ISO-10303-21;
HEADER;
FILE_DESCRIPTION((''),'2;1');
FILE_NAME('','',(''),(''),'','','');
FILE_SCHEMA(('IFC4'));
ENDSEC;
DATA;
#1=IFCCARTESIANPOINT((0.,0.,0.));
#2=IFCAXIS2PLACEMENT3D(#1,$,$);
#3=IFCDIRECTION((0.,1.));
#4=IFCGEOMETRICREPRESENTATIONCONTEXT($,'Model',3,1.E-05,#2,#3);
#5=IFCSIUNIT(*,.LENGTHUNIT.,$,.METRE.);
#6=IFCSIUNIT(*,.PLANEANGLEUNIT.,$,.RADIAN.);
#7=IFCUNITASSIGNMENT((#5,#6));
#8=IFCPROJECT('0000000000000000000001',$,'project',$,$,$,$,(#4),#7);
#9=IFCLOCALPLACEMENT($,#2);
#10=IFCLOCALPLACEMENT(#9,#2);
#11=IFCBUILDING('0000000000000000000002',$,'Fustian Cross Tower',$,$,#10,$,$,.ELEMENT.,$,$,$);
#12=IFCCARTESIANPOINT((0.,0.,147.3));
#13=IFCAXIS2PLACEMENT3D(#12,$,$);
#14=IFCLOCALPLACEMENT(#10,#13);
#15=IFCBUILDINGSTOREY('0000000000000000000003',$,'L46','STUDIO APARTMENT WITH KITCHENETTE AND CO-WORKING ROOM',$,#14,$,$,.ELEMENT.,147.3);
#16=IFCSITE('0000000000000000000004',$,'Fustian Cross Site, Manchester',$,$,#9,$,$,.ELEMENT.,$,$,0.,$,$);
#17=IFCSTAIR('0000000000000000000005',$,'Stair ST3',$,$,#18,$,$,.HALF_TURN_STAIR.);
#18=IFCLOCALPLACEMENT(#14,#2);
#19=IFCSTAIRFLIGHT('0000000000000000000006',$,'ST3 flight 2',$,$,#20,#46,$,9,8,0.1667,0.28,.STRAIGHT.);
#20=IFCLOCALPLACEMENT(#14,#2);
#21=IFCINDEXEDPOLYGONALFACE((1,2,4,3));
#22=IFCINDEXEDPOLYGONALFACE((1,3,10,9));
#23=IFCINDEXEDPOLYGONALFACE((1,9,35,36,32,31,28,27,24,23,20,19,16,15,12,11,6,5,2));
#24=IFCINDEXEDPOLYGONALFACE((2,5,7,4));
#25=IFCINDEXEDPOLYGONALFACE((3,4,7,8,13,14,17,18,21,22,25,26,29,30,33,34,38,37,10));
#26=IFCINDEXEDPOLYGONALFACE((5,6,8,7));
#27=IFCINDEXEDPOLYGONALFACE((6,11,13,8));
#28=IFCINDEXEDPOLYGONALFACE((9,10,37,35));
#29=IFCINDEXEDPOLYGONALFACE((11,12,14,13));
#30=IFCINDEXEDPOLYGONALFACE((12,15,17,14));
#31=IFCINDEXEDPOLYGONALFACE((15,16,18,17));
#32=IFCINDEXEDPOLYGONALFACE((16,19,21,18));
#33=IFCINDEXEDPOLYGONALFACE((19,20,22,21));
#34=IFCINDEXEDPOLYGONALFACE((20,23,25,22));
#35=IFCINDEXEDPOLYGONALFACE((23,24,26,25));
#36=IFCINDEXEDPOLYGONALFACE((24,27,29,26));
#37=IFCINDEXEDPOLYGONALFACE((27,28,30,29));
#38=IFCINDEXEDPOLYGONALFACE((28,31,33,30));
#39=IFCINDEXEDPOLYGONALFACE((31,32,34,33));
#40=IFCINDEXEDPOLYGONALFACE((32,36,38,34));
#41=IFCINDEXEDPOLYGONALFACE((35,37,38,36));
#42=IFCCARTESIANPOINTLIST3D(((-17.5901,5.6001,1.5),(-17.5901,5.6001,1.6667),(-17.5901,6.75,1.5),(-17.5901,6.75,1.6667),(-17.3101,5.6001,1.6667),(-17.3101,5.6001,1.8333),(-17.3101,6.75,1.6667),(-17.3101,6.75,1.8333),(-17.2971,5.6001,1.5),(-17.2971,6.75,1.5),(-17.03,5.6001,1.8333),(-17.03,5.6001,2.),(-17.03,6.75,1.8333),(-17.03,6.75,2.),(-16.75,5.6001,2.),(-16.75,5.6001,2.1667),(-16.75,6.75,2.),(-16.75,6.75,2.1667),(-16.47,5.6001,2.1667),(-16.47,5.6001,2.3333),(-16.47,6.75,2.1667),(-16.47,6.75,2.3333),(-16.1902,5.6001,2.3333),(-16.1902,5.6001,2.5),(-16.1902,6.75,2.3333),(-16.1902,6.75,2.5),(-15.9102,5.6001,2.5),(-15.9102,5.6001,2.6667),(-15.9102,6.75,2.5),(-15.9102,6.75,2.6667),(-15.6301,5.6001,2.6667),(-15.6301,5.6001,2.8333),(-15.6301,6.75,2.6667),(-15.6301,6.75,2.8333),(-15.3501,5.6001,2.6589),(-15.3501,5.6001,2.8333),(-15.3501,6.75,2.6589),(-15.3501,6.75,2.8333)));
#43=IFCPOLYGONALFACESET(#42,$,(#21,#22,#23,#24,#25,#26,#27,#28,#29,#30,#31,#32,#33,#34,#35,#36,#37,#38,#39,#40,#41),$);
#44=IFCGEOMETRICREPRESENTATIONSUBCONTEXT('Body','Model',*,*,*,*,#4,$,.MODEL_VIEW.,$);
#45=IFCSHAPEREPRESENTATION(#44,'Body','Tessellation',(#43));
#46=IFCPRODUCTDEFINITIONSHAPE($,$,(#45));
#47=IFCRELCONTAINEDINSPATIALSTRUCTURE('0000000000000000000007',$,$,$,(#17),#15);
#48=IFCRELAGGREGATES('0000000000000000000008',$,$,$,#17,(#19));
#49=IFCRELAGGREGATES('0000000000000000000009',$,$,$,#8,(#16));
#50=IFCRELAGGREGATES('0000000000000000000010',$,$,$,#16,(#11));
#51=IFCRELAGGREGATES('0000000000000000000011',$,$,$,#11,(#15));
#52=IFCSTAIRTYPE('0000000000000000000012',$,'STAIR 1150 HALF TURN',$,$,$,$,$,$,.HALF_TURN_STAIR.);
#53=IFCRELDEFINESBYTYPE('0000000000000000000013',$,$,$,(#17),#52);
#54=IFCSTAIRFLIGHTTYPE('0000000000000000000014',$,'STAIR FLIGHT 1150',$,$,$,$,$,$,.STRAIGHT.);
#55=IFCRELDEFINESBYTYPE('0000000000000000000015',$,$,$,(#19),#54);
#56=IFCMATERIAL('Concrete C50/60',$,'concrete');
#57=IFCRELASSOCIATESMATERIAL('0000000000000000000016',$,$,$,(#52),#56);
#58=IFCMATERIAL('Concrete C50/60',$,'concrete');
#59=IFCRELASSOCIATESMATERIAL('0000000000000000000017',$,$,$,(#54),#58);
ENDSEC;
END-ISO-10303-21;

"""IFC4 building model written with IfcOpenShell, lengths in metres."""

from ifc_helpers import new_model, si_unit, direction, frame, origin, place, context, subcontext, project, spatial, polyline, outline, extrude, material, type_object, element, aggregate, save


model = new_model("IFC4")

# Units and contexts
model_context = context("Model", 3, precision=1e-05, world=origin(), true_north=direction((0.0, 1.0)))
body_context = subcontext(model_context, "Body", "Model", "MODEL_VIEW")
ifc_project = project(units=[si_unit("LENGTHUNIT", "METRE"), si_unit("PLANEANGLEUNIT", "RADIAN")], contexts=[model_context])

# Site, building, storey
site_placement = place(None, origin())
site = spatial("IfcSite", under=ifc_project, at=site_placement, Name="Fustian Cross Site, Manchester", CompositionType="ELEMENT", RefElevation=0.0)
building_placement = place(site_placement, origin())
building = spatial("IfcBuilding", under=site, at=building_placement, Name="Fustian Cross Tower", CompositionType="ELEMENT")
storey_placement = place(building_placement, frame((0.0, 0.0, 147.3)))
storey = spatial("IfcBuildingStorey", under=building, at=storey_placement, Name="L46", Description="STUDIO APARTMENT WITH KITCHENETTE AND CO-WORKING ROOM", CompositionType="ELEMENT", Elevation=147.3)

# Stair, stair flight
ifc_material_1 = material(Name="Concrete C50/60", Category="concrete")
stair_type = type_object("IfcStairType", Name="STAIR 1150 HALF TURN", PredefinedType="HALF_TURN_STAIR", material=ifc_material_1)
stair_placement = place(storey_placement, origin())
stair = element("IfcStair", 1, at=stair_placement, inside=storey, type_object=stair_type, Name="Stair ST3", PredefinedType="HALF_TURN_STAIR")
ifc_material_2 = material(Name="Concrete C50/60", Category="concrete")
stair_flight_type = type_object("IfcStairFlightType", Name="STAIR FLIGHT 1150", PredefinedType="STRAIGHT", material=ifc_material_2)
stair_flight_1_placement = place(storey_placement, frame((-17.5901, 6.175, 1.5), z_axis=(0.0, 0.0, 1.0), x_axis=(1.0, 0.0, 0.0)))
stair_flight_1 = element("IfcStairFlight", 2, at=stair_flight_1_placement, type_object=stair_flight_type, Name="ST3 flight 2", NumberOfRisers=9, NumberOfTreads=8, PredefinedType="STRAIGHT", RiserHeight=0.1667, TreadLength=0.28, context=body_context, shape_type="SweptSolid", body=[
    extrude(outline(polyline([(0.0, 0.0), (0.0, 0.1667), (0.28, 0.1667), (0.28, 0.3333), (0.5601, 0.3333), (0.5601, 0.5), (0.8401, 0.5), (0.8401, 0.6667), (1.1201, 0.6667), (1.1201, 0.8333), (1.3999, 0.8333), (1.3999, 1.0), (1.6799, 1.0), (1.6799, 1.1667), (1.96, 1.1667), (1.96, 1.3333), (2.24, 1.3333), (2.24, 1.5), (2.24, 1.1589), (0.293, 0.0), (0.0, 0.0)])), frame((0.0, 0.575, 0.0), z_axis=(0.0, -1.0, 0.0), x_axis=(1.0, 0.0, 0.0)), (0.0, 0.0, 1.0), 1.1499),
])
aggregate(stair, [stair_flight_1])

save(model, "model.ifc")
